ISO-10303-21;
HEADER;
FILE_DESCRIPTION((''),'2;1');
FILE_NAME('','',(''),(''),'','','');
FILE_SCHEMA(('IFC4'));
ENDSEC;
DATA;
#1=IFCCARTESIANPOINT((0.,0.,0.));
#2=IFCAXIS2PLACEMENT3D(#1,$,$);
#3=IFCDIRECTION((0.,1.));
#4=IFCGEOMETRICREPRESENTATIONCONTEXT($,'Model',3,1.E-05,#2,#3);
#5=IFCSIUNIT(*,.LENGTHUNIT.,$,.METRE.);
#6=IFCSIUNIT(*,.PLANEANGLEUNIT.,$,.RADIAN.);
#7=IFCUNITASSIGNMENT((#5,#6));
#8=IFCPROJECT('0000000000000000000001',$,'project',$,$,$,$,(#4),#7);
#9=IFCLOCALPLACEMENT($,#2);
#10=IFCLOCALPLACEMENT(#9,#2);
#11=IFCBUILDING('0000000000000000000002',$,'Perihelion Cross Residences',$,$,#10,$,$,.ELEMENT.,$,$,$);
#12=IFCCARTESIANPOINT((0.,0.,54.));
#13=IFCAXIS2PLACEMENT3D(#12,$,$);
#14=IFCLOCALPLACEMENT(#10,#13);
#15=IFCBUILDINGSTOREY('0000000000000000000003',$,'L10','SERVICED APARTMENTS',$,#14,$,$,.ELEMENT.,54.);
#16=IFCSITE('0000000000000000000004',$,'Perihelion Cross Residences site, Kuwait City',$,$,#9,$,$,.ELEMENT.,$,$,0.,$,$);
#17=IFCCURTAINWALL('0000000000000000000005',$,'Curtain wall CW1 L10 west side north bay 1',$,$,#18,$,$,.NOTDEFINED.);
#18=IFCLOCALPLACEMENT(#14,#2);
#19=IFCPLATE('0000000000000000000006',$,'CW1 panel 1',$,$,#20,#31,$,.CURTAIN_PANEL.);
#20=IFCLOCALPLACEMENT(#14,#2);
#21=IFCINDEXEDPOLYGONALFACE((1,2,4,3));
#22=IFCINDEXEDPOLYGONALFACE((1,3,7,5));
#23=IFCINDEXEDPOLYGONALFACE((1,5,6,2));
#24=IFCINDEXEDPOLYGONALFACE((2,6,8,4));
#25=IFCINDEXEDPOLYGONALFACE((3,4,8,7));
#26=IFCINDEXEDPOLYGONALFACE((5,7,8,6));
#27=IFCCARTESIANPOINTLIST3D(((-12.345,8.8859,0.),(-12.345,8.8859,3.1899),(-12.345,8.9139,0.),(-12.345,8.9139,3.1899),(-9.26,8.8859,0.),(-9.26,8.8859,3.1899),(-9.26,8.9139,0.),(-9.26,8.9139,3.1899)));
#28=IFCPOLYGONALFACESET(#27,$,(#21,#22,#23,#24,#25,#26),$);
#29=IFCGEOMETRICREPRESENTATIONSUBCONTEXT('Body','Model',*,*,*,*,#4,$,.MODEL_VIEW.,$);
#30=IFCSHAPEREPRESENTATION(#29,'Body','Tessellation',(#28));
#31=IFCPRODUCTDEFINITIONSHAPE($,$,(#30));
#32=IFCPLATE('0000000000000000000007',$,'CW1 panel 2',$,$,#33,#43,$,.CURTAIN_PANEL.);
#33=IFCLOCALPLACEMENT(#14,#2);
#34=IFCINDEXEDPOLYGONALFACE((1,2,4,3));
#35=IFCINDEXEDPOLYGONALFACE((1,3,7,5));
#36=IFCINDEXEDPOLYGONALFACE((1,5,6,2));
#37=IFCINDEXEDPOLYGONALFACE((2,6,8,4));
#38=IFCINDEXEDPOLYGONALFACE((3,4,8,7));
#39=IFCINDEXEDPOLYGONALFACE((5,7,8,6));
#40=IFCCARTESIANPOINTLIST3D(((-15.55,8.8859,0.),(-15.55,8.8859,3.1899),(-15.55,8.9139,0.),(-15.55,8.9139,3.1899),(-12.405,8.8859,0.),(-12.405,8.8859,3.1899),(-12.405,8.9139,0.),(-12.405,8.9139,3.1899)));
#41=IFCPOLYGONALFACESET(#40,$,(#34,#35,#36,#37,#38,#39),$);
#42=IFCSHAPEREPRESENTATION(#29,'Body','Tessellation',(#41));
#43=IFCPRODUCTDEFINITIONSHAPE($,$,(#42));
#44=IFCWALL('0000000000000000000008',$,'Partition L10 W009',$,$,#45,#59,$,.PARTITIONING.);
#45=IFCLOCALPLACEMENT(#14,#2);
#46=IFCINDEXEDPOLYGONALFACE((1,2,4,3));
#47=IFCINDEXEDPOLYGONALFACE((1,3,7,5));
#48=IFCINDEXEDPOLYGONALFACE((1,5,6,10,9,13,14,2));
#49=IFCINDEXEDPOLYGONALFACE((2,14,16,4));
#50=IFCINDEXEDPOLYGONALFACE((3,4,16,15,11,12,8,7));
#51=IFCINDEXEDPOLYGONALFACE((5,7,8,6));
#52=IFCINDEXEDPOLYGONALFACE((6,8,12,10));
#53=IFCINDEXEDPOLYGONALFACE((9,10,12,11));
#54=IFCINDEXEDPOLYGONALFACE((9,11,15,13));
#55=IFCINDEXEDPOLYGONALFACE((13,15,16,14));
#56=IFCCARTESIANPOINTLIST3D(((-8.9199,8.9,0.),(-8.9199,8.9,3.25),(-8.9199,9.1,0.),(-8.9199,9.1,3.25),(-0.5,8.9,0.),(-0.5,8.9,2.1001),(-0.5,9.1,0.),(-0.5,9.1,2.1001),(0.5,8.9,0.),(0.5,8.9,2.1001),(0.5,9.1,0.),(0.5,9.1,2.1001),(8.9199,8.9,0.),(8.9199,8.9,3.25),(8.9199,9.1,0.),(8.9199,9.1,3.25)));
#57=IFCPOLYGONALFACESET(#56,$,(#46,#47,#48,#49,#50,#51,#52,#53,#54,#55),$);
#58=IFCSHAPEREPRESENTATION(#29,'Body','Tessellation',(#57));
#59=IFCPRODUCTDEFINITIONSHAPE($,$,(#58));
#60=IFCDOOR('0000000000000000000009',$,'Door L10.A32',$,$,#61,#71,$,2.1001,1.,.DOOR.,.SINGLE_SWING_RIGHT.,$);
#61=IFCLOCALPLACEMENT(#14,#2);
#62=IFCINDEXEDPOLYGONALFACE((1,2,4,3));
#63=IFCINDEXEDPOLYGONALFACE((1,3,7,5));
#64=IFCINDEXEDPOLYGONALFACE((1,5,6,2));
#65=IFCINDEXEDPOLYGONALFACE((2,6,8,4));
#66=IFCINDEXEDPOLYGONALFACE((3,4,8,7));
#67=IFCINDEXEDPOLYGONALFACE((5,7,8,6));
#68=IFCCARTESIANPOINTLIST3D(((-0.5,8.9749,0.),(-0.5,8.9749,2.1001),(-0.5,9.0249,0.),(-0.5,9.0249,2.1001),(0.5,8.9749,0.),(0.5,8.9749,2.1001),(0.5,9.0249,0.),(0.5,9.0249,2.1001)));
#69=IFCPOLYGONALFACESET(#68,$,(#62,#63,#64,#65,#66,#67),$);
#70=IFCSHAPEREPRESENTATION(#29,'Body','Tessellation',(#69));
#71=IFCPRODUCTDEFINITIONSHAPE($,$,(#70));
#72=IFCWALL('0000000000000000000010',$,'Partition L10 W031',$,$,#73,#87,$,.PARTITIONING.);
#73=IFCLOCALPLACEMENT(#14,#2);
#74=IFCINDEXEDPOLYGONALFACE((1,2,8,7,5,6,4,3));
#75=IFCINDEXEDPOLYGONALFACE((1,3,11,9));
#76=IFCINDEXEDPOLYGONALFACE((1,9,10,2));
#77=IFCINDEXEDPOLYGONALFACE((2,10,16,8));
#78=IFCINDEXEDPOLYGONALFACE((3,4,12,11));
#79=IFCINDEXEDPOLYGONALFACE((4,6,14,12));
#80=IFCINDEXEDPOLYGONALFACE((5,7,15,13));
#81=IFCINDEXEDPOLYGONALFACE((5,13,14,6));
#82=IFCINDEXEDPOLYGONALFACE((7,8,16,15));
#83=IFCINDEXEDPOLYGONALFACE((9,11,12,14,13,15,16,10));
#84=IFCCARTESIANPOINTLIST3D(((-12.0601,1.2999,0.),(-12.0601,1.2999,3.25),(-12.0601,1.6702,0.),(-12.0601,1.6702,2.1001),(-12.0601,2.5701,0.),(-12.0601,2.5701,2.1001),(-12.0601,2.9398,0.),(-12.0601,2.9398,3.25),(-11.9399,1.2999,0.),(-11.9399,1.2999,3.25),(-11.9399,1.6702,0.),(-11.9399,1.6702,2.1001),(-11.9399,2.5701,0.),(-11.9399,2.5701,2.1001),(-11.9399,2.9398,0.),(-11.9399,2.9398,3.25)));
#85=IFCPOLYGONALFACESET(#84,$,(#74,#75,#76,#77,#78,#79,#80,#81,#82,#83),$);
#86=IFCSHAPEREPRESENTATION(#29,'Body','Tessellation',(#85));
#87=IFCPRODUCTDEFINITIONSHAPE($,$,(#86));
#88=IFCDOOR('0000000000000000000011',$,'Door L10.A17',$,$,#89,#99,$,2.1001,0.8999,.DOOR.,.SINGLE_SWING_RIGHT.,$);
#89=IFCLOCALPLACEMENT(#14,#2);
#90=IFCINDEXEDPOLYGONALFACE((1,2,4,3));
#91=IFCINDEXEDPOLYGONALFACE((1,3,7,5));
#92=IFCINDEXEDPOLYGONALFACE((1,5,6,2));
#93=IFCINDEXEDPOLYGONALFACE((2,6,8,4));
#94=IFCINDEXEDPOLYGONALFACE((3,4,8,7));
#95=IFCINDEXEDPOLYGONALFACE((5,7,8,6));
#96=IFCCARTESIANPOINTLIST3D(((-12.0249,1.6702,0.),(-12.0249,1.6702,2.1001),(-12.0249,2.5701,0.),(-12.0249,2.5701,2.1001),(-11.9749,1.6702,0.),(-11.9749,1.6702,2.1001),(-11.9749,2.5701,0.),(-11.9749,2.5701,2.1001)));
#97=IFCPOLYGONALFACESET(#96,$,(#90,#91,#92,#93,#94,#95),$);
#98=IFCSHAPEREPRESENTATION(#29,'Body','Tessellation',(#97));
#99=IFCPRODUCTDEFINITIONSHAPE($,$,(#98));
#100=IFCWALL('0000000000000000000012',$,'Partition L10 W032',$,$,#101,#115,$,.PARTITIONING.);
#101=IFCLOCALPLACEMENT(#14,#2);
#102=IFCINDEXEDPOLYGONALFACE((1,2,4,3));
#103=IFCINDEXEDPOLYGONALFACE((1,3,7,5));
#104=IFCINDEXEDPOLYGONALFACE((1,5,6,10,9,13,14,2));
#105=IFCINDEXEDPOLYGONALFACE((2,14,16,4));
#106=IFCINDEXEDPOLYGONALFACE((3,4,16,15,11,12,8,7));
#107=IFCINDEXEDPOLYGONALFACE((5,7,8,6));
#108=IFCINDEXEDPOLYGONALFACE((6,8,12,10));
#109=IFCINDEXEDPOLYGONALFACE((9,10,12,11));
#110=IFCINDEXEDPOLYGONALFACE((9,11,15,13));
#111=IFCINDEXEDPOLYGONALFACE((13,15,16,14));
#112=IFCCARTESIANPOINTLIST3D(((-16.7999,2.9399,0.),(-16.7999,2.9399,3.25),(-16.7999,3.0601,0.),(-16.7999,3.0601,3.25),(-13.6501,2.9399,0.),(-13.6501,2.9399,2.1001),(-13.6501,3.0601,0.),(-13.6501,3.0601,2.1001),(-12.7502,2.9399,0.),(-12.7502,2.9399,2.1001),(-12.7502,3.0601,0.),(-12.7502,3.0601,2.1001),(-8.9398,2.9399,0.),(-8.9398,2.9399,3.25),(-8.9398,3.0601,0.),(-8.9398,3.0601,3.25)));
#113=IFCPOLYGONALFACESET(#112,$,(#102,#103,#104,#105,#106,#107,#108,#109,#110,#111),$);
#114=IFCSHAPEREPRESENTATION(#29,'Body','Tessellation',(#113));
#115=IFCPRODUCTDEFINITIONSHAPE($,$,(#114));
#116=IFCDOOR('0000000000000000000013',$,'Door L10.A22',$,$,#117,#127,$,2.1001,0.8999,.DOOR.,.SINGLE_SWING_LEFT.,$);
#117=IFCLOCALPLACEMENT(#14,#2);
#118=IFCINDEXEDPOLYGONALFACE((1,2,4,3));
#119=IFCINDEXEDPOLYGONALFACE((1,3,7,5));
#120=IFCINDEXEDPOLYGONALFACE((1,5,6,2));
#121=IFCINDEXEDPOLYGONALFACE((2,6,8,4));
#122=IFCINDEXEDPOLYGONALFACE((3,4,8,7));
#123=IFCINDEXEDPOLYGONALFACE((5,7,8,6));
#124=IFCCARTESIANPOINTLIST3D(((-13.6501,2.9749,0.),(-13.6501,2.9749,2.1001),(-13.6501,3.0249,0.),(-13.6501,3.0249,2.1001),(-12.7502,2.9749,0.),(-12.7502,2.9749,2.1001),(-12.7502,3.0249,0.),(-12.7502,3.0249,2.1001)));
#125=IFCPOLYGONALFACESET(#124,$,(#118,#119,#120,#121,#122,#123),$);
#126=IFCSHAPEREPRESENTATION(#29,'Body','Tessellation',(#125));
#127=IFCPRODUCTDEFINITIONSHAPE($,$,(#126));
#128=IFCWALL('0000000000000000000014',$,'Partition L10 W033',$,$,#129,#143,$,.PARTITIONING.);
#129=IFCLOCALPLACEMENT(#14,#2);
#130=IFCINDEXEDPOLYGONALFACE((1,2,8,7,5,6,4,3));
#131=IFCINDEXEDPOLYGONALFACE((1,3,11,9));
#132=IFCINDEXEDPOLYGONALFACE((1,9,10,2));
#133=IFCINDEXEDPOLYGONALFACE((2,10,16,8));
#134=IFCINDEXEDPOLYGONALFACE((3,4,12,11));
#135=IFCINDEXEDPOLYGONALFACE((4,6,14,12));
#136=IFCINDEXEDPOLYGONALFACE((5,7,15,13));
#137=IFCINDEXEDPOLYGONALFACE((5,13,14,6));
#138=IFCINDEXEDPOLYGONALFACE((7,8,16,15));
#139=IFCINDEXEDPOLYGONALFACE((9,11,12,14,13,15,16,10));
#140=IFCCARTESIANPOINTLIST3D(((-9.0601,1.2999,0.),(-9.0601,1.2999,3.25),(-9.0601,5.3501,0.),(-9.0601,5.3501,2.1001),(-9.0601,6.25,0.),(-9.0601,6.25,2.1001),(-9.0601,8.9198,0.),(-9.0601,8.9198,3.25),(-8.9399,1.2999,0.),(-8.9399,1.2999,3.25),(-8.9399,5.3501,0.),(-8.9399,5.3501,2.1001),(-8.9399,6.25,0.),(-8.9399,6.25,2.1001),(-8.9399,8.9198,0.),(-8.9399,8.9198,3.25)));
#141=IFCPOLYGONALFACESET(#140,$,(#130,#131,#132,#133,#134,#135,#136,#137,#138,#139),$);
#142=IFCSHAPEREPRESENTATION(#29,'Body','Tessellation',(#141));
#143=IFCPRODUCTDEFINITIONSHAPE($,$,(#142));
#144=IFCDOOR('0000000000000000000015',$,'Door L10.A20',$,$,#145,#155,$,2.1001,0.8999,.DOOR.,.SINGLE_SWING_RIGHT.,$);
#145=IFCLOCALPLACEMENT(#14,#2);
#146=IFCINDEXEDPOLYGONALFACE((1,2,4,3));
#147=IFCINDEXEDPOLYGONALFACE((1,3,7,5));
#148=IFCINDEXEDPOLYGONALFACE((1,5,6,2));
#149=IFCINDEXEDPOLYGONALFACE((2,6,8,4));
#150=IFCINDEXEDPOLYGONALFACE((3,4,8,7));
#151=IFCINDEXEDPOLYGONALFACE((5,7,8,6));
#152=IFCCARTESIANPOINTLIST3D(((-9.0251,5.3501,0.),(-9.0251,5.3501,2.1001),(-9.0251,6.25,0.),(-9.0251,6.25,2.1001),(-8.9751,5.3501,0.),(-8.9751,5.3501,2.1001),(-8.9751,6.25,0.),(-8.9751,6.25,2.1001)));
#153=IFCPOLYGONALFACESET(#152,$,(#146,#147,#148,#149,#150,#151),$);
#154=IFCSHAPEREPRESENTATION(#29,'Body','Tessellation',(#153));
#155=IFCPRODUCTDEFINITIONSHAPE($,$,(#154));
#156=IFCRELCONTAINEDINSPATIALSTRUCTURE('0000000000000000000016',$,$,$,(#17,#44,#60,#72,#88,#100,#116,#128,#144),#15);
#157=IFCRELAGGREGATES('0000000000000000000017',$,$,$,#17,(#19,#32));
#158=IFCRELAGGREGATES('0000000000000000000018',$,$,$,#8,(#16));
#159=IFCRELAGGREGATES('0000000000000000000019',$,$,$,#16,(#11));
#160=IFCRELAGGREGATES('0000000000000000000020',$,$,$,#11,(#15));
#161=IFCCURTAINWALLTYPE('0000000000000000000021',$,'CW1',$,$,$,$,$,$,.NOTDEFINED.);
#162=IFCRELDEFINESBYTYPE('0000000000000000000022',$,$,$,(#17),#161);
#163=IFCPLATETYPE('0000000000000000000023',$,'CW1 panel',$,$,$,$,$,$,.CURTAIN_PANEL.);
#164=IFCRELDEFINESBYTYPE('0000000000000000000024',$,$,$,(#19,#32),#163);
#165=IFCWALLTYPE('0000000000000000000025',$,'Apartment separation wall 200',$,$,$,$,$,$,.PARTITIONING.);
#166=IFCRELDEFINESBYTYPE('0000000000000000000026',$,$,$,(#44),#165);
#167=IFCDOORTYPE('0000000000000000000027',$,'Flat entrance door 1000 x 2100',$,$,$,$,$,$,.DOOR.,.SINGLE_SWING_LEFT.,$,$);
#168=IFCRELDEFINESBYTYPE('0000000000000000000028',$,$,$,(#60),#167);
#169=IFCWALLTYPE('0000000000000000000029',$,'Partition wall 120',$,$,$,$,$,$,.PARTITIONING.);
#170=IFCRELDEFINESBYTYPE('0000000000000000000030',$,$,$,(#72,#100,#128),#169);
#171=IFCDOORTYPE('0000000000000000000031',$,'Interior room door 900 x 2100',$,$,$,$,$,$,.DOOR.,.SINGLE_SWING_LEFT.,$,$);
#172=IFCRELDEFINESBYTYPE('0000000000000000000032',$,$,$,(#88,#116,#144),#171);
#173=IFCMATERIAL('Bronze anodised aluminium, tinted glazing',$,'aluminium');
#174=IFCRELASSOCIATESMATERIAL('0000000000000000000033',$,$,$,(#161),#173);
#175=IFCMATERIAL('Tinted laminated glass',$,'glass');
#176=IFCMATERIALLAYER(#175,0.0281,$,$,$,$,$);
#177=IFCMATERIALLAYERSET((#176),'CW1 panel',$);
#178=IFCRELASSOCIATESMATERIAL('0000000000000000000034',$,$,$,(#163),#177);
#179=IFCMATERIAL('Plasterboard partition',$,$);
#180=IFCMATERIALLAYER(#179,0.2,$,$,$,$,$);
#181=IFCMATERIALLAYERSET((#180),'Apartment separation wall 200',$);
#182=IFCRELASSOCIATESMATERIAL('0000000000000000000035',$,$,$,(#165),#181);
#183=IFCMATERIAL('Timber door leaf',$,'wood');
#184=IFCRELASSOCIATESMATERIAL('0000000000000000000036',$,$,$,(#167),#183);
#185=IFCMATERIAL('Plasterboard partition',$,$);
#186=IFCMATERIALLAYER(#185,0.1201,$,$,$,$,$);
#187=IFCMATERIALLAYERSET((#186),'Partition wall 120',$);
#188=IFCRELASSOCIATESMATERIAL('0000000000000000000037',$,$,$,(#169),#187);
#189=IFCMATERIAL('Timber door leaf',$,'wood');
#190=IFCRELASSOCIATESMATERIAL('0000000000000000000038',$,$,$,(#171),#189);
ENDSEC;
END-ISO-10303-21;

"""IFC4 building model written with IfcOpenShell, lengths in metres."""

from ifc_helpers import new_model, si_unit, direction, frame, frame_2d, origin, origin_2d, place, context, subcontext, project, spatial, rectangle, extrude, material, layer, layer_set, type_object, element, fill, aggregate, save


model = new_model("IFC4")

# Units and contexts
model_context = context("Model", 3, precision=1e-05, world=origin(), true_north=direction((0.0, 1.0)))
body_context = subcontext(model_context, "Body", "Model", "MODEL_VIEW")
ifc_project = project(units=[si_unit("LENGTHUNIT", "METRE"), si_unit("PLANEANGLEUNIT", "RADIAN")], contexts=[model_context])

# Site, building, storey
site_placement = place(None, origin())
site = spatial("IfcSite", under=ifc_project, at=site_placement, Name="Perihelion Cross Residences site, Kuwait City", CompositionType="ELEMENT", RefElevation=0.0)
building_placement = place(site_placement, origin())
building = spatial("IfcBuilding", under=site, at=building_placement, Name="Perihelion Cross Residences", CompositionType="ELEMENT")
storey_placement = place(building_placement, frame((0.0, 0.0, 54.0)))
storey = spatial("IfcBuildingStorey", under=building, at=storey_placement, Name="L10", Description="SERVICED APARTMENTS", CompositionType="ELEMENT", Elevation=54.0)

# Shared definitions
ifc_material_1 = material(Name="Bronze anodised aluminium, tinted glazing", Category="aluminium")
curtain_wall_type = type_object("IfcCurtainWallType", Name="CW1", PredefinedType="NOTDEFINED", material=ifc_material_1)

# Curtain wall
curtain_wall_1_placement = place(storey_placement, origin())
curtain_wall_1 = element("IfcCurtainWall", 1, at=curtain_wall_1_placement, inside=storey, type_object=curtain_wall_type, Name="Curtain wall CW1 L10 west side north bay 1", PredefinedType="NOTDEFINED")

# Plates
ifc_material_2 = material(Name="Tinted laminated glass", Category="glass")
ifc_layer_1 = layer(ifc_material_2, 0.0281)
ifc_layer_set_1 = layer_set([ifc_layer_1], Name="CW1 panel")
plate_type = type_object("IfcPlateType", Name="CW1 panel", PredefinedType="CURTAIN_PANEL", material=ifc_layer_set_1)
plate_1_placement = place(storey_placement, frame((-10.8025, 8.8999, 0.0), z_axis=(0.0, 0.0, 1.0), x_axis=(-1.0, 0.0, 0.0)))
plate_1 = element("IfcPlate", 2, at=plate_1_placement, type_object=plate_type, Name="CW1 panel 1", PredefinedType="CURTAIN_PANEL", context=body_context, shape_type="SweptSolid", body=[
    extrude(rectangle(XDim=3.085, YDim=0.0281, at=origin_2d()), origin(), (0.0, 0.0, 1.0), 3.1899),
])
plate_2_placement = place(storey_placement, frame((-13.9775, 8.8999, 0.0), z_axis=(0.0, 0.0, 1.0), x_axis=(-1.0, 0.0, 0.0)))
plate_2 = element("IfcPlate", 3, at=plate_2_placement, type_object=plate_type, Name="CW1 panel 2", PredefinedType="CURTAIN_PANEL", context=body_context, shape_type="SweptSolid", body=[
    extrude(rectangle(XDim=3.145, YDim=0.0281, at=origin_2d()), origin(), (0.0, 0.0, 1.0), 3.1899),
])
aggregate(curtain_wall_1, [plate_1, plate_2])

# Walls, openings, doors
ifc_material_3 = material(Name="Plasterboard partition")
ifc_layer_2 = layer(ifc_material_3, 0.2)
ifc_layer_set_2 = layer_set([ifc_layer_2], Name="Apartment separation wall 200")
wall_type_1 = type_object("IfcWallType", Name="Apartment separation wall 200", PredefinedType="PARTITIONING", material=ifc_layer_set_2)
wall_1_placement = place(storey_placement, frame((-8.9199, 9.0, 0.0), z_axis=(0.0, 0.0, 1.0), x_axis=(1.0, 0.0, 0.0)))
wall_1 = element("IfcWall", 4, at=wall_1_placement, inside=storey, type_object=wall_type_1, Name="Partition L10 W009", PredefinedType="PARTITIONING", context=body_context, shape_type="SweptSolid", body=[
    extrude(rectangle(XDim=17.8398, YDim=0.2, at=frame_2d((8.9199, 0.0))), origin(), (0.0, 0.0, 1.0), 3.25),
])
opening_1_placement = place(wall_1_placement, frame((8.4199, 0.0, 0.0)))
opening_1 = element("IfcOpeningElement", 5, at=opening_1_placement, cuts=wall_1, PredefinedType="OPENING", context=body_context, shape_type="SweptSolid", body=[
    extrude(rectangle(XDim=1.0, YDim=2.1001, at=frame_2d((0.5, 1.05))), frame((0.0, 0.1099, 0.0), z_axis=(0.0, -1.0, 0.0), x_axis=(1.0, 0.0, 0.0)), (0.0, 0.0, 1.0), 0.22),
])
ifc_material_4 = material(Name="Timber door leaf", Category="wood")
door_type_1 = type_object("IfcDoorType", Name="Flat entrance door 1000 x 2100", OperationType="SINGLE_SWING_LEFT", PredefinedType="DOOR", material=ifc_material_4)
door_1_placement = place(opening_1_placement, origin())
door_1 = element("IfcDoor", 6, at=door_1_placement, inside=storey, type_object=door_type_1, Name="Door L10.A32", OperationType="SINGLE_SWING_RIGHT", OverallHeight=2.1001, OverallWidth=1.0, PredefinedType="DOOR", context=body_context, shape_type="SweptSolid", body=[
    extrude(rectangle(XDim=1.0, YDim=2.1001, at=frame_2d((0.5, 1.05))), frame((0.0, 0.0249, 0.0), z_axis=(0.0, -1.0, 0.0), x_axis=(1.0, 0.0, 0.0)), (0.0, 0.0, 1.0), 0.05),
])
fill(opening_1, door_1)
ifc_material_5 = material(Name="Plasterboard partition")
ifc_layer_3 = layer(ifc_material_5, 0.1201)
ifc_layer_set_3 = layer_set([ifc_layer_3], Name="Partition wall 120")
wall_type_2 = type_object("IfcWallType", Name="Partition wall 120", PredefinedType="PARTITIONING", material=ifc_layer_set_3)
wall_2_placement = place(storey_placement, frame((-12.0, 1.3, 0.0), z_axis=(0.0, 0.0, 1.0), x_axis=(0.0, 1.0, 0.0)))
wall_2 = element("IfcWall", 7, at=wall_2_placement, inside=storey, type_object=wall_type_2, Name="Partition L10 W031", PredefinedType="PARTITIONING", context=body_context, shape_type="SweptSolid", body=[
    extrude(rectangle(XDim=1.6399, YDim=0.1201, at=frame_2d((0.8198, 0.0))), origin(), (0.0, 0.0, 1.0), 3.25),
])
opening_2_placement = place(wall_2_placement, frame((0.3701, 0.0, 0.0)))
opening_2 = element("IfcOpeningElement", 8, at=opening_2_placement, cuts=wall_2, PredefinedType="OPENING", context=body_context, shape_type="SweptSolid", body=[
    extrude(rectangle(XDim=0.8999, YDim=2.1001, at=frame_2d((0.45, 1.05))), frame((0.0, 0.0701, 0.0), z_axis=(0.0, -1.0, 0.0), x_axis=(1.0, 0.0, 0.0)), (0.0, 0.0, 1.0), 0.1401),
])
ifc_material_6 = material(Name="Timber door leaf", Category="wood")
door_type_2 = type_object("IfcDoorType", Name="Interior room door 900 x 2100", OperationType="SINGLE_SWING_LEFT", PredefinedType="DOOR", material=ifc_material_6)
door_2_placement = place(opening_2_placement, origin())
door_2 = element("IfcDoor", 9, at=door_2_placement, inside=storey, type_object=door_type_2, Name="Door L10.A17", OperationType="SINGLE_SWING_RIGHT", OverallHeight=2.1001, OverallWidth=0.8999, PredefinedType="DOOR", context=body_context, shape_type="SweptSolid", body=[
    extrude(rectangle(XDim=0.8999, YDim=2.1001, at=frame_2d((0.45, 1.05))), frame((0.0, 0.0249, 0.0), z_axis=(0.0, -1.0, 0.0), x_axis=(1.0, 0.0, 0.0)), (0.0, 0.0, 1.0), 0.05),
])
fill(opening_2, door_2)
wall_3_placement = place(storey_placement, frame((-16.8, 3.0, 0.0), z_axis=(0.0, 0.0, 1.0), x_axis=(1.0, 0.0, 0.0)))
wall_3 = element("IfcWall", 10, at=wall_3_placement, inside=storey, type_object=wall_type_2, Name="Partition L10 W032", PredefinedType="PARTITIONING", context=body_context, shape_type="SweptSolid", body=[
    extrude(rectangle(XDim=7.8601, YDim=0.1201, at=frame_2d((3.9302, 0.0))), origin(), (0.0, 0.0, 1.0), 3.25),
])
opening_3_placement = place(wall_3_placement, frame((3.1499, 0.0, 0.0)))
opening_3 = element("IfcOpeningElement", 11, at=opening_3_placement, cuts=wall_3, PredefinedType="OPENING", context=body_context, shape_type="SweptSolid", body=[
    extrude(rectangle(XDim=0.8999, YDim=2.1001, at=frame_2d((0.45, 1.05))), frame((0.0, 0.0701, 0.0), z_axis=(0.0, -1.0, 0.0), x_axis=(1.0, 0.0, 0.0)), (0.0, 0.0, 1.0), 0.1401),
])
door_3_placement = place(opening_3_placement, origin())
door_3 = element("IfcDoor", 12, at=door_3_placement, inside=storey, type_object=door_type_2, Name="Door L10.A22", OperationType="SINGLE_SWING_LEFT", OverallHeight=2.1001, OverallWidth=0.8999, PredefinedType="DOOR", context=body_context, shape_type="SweptSolid", body=[
    extrude(rectangle(XDim=0.8999, YDim=2.1001, at=frame_2d((0.45, 1.05))), frame((0.0, 0.0249, 0.0), z_axis=(0.0, -1.0, 0.0), x_axis=(1.0, 0.0, 0.0)), (0.0, 0.0, 1.0), 0.05),
])
fill(opening_3, door_3)
wall_4_placement = place(storey_placement, frame((-9.0, 8.9199, 0.0), z_axis=(0.0, 0.0, 1.0), x_axis=(0.0, -1.0, 0.0)))
wall_4 = element("IfcWall", 13, at=wall_4_placement, inside=storey, type_object=wall_type_2, Name="Partition L10 W033", PredefinedType="PARTITIONING", context=body_context, shape_type="SweptSolid", body=[
    extrude(rectangle(XDim=7.6199, YDim=0.1201, at=frame_2d((3.8101, 0.0))), origin(), (0.0, 0.0, 1.0), 3.25),
])
opening_4_placement = place(wall_4_placement, frame((2.6699, 0.0, 0.0)))
opening_4 = element("IfcOpeningElement", 14, at=opening_4_placement, cuts=wall_4, PredefinedType="OPENING", context=body_context, shape_type="SweptSolid", body=[
    extrude(rectangle(XDim=0.8999, YDim=2.1001, at=frame_2d((0.45, 1.05))), frame((0.0, 0.0701, 0.0), z_axis=(0.0, -1.0, 0.0), x_axis=(1.0, 0.0, 0.0)), (0.0, 0.0, 1.0), 0.1401),
])
door_4_placement = place(opening_4_placement, origin())
door_4 = element("IfcDoor", 15, at=door_4_placement, inside=storey, type_object=door_type_2, Name="Door L10.A20", OperationType="SINGLE_SWING_RIGHT", OverallHeight=2.1001, OverallWidth=0.8999, PredefinedType="DOOR", context=body_context, shape_type="SweptSolid", body=[
    extrude(rectangle(XDim=0.8999, YDim=2.1001, at=frame_2d((0.45, 1.05))), frame((0.0, 0.0249, 0.0), z_axis=(0.0, -1.0, 0.0), x_axis=(1.0, 0.0, 0.0)), (0.0, 0.0, 1.0), 0.05),
])
fill(opening_4, door_4)

save(model, "model.ifc")
